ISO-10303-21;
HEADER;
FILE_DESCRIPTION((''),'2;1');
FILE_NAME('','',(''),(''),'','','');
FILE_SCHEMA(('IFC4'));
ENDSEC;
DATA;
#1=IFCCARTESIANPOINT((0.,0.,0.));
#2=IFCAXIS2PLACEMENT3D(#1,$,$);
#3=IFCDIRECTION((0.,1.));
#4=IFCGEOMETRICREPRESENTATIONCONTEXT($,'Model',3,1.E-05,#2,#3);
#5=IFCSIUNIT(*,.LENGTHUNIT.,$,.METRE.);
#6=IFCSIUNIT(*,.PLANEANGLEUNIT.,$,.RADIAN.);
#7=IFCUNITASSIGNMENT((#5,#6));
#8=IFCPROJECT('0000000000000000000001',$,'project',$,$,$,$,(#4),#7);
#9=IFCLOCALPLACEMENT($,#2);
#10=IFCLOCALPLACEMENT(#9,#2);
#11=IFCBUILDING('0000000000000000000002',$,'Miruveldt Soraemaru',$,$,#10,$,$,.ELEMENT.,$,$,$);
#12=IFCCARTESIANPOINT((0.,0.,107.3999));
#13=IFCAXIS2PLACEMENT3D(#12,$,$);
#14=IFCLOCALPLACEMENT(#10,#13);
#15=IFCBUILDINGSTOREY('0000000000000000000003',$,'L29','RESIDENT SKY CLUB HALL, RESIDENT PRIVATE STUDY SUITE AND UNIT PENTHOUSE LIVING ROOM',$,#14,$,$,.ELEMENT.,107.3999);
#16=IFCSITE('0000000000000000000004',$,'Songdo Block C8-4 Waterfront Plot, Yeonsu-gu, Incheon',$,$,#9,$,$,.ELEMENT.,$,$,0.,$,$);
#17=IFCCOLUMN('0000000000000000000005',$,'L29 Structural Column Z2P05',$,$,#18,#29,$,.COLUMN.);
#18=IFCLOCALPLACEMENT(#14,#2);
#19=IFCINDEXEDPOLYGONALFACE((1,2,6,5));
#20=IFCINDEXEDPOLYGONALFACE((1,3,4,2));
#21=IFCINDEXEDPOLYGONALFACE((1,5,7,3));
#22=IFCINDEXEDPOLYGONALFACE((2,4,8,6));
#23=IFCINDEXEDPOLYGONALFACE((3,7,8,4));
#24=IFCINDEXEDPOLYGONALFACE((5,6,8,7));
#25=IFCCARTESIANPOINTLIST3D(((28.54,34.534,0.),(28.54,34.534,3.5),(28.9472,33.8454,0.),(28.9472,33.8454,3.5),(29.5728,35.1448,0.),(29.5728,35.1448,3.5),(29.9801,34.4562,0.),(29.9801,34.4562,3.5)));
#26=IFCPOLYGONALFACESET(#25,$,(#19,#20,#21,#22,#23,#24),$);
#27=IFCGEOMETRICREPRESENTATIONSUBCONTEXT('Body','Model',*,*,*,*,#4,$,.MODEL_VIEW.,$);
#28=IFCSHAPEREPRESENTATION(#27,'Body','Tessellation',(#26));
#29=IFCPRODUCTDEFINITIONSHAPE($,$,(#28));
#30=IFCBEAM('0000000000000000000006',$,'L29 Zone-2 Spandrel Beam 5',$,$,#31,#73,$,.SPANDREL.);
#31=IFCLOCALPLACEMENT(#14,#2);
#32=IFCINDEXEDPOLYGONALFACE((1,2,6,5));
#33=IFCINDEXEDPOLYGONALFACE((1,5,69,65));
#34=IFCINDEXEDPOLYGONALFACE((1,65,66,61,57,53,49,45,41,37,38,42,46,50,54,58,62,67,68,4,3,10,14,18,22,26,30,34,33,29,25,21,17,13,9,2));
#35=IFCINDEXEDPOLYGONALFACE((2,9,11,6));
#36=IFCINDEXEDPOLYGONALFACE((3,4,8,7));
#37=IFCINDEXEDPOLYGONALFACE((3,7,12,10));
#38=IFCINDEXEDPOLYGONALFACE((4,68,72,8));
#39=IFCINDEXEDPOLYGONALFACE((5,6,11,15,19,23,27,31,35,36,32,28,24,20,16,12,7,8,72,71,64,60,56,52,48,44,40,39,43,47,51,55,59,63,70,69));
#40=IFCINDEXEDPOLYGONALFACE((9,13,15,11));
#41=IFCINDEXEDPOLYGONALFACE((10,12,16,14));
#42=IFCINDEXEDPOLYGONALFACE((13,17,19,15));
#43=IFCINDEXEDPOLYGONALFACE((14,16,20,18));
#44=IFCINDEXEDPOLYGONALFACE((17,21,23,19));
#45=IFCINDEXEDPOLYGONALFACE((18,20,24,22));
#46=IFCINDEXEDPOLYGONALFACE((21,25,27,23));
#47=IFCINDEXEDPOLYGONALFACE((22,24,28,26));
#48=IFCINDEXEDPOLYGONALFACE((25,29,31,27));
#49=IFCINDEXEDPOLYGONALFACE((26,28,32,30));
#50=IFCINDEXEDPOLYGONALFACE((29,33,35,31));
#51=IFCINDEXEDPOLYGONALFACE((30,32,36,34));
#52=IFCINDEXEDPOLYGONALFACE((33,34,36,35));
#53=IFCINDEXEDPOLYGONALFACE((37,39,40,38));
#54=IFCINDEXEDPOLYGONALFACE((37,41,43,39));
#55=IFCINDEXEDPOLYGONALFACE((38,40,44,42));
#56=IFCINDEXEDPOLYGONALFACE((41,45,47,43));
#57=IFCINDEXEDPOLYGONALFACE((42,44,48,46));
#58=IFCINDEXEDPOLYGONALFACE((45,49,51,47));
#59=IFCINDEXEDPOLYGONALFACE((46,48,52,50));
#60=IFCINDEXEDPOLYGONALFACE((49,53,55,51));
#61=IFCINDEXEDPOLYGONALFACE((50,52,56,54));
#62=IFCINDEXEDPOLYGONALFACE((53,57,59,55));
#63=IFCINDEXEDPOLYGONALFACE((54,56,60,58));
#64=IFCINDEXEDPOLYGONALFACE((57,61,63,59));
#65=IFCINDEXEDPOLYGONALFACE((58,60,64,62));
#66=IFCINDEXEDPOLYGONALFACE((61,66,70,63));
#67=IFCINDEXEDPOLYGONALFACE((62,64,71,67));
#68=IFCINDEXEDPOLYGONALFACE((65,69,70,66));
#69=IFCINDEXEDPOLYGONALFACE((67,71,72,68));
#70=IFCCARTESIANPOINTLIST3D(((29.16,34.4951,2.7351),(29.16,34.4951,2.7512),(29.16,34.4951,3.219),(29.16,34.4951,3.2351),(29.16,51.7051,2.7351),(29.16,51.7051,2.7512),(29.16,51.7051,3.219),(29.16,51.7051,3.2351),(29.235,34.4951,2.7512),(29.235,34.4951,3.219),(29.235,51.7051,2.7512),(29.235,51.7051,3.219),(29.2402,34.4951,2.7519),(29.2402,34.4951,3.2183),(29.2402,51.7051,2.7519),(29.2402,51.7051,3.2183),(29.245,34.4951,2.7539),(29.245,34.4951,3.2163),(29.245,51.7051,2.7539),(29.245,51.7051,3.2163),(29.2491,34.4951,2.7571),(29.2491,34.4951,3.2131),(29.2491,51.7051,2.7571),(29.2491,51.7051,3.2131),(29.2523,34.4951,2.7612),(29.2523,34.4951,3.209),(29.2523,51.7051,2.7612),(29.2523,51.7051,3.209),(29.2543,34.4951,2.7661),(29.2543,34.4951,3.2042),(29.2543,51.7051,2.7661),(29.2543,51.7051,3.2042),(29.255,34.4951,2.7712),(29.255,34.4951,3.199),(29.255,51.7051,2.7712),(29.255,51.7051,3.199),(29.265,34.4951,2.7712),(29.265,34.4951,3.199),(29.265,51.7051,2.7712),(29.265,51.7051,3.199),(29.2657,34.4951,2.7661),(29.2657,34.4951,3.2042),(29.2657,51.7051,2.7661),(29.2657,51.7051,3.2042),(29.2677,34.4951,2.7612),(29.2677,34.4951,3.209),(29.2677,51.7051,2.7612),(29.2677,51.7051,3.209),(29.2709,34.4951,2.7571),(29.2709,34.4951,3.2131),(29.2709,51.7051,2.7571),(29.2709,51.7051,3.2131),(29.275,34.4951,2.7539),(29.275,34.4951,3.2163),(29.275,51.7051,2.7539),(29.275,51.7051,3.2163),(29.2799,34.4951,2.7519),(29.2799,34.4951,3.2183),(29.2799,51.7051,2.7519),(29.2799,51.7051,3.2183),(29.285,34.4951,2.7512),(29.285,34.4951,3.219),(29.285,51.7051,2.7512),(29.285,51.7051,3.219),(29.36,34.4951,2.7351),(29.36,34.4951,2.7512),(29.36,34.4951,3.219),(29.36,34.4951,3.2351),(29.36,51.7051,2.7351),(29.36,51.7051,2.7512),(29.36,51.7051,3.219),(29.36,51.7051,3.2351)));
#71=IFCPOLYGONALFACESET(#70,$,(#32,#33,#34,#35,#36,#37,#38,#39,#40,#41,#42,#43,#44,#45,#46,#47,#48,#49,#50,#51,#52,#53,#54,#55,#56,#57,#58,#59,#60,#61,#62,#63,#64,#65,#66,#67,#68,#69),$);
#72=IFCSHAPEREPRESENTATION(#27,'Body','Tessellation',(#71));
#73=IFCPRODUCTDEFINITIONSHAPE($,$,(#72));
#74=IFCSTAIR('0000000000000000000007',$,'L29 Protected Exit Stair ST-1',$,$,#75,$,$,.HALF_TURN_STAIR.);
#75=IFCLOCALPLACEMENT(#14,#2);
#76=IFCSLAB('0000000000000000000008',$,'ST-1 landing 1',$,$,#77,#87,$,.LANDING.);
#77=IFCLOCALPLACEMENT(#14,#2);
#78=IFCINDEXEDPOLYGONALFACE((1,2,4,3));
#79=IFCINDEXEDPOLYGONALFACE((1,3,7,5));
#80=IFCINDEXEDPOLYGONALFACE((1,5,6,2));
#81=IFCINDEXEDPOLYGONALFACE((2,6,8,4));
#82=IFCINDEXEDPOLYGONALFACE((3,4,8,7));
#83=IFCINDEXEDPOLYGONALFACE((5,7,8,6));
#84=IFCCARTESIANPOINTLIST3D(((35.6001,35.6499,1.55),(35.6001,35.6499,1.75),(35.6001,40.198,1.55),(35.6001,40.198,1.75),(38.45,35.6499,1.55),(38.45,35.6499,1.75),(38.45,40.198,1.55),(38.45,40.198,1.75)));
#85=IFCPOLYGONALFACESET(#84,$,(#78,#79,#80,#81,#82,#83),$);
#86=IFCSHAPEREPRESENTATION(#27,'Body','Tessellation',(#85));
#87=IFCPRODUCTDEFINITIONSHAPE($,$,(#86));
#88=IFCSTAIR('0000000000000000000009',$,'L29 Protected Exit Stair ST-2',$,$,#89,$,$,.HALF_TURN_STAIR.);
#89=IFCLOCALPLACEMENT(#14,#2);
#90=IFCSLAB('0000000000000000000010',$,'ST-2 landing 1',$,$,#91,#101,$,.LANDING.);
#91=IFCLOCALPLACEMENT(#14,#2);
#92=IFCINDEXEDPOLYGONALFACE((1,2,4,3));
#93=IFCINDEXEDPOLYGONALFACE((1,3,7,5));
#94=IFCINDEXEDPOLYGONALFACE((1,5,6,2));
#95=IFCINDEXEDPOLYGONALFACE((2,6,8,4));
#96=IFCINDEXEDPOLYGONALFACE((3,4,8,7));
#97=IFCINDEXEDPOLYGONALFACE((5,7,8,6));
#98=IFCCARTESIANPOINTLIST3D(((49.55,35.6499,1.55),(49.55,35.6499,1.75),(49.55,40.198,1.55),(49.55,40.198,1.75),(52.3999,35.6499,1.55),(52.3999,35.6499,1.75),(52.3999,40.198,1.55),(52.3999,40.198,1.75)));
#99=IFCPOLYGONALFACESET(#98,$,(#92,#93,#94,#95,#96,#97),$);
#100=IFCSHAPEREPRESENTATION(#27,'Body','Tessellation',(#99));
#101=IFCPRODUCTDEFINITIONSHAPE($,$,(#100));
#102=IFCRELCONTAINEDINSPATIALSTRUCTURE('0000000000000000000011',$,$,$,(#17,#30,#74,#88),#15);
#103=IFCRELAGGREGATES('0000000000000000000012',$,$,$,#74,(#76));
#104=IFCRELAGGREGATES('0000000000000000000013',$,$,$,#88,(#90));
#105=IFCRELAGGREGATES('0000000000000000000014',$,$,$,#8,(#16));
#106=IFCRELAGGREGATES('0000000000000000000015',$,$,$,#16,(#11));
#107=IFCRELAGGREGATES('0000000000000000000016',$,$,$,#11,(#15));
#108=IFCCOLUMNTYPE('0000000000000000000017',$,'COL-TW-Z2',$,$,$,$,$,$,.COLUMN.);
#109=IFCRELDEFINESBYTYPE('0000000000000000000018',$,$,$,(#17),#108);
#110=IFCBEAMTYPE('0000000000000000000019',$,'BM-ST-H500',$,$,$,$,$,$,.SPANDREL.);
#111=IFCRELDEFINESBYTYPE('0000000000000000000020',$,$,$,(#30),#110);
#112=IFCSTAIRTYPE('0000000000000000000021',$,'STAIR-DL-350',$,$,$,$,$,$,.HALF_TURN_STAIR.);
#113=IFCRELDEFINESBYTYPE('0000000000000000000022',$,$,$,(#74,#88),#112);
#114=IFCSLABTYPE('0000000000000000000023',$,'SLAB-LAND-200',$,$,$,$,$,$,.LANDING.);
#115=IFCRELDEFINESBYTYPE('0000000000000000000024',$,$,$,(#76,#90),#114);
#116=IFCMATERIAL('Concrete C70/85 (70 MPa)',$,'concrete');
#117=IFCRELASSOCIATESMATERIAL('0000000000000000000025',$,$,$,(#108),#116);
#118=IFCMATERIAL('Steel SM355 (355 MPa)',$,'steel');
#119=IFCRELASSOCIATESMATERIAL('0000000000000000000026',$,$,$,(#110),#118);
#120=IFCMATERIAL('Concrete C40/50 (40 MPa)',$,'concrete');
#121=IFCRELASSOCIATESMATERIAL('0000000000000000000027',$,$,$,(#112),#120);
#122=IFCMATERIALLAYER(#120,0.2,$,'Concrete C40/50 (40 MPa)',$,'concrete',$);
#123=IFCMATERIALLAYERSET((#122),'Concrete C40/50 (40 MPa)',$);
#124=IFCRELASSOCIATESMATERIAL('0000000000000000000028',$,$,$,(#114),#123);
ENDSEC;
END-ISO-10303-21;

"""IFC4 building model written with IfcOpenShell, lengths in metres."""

from ifc_helpers import new_model, si_unit, direction, frame, origin, origin_2d, place, context, subcontext, project, spatial, polyline, rectangle, i_section, outline, extrude, material, layer, layer_set, material_profile, profile_set, type_object, element, aggregate, save


model = new_model("IFC4")

# Units and contexts
model_context = context("Model", 3, precision=1e-05, world=origin(), true_north=direction((0.0, 1.0)))
body_context = subcontext(model_context, "Body", "Model", "MODEL_VIEW")
ifc_project = project(units=[si_unit("LENGTHUNIT", "METRE"), si_unit("PLANEANGLEUNIT", "RADIAN")], contexts=[model_context])

# Site, building, storey
site_placement = place(None, origin())
site = spatial("IfcSite", under=ifc_project, at=site_placement, Name="Songdo Block C8-4 Waterfront Plot, Yeonsu-gu, Incheon", CompositionType="ELEMENT", RefElevation=0.0)
building_placement = place(site_placement, origin())
building = spatial("IfcBuilding", under=site, at=building_placement, Name="Miruveldt Soraemaru", CompositionType="ELEMENT")
storey_placement = place(building_placement, frame((0.0, 0.0, 107.3999)))
storey = spatial("IfcBuildingStorey", under=building, at=storey_placement, Name="L29", Description="RESIDENT SKY CLUB HALL, RESIDENT PRIVATE STUDY SUITE AND UNIT PENTHOUSE LIVING ROOM", CompositionType="ELEMENT", Elevation=107.3999)

# Column
ifc_material_1 = material(Name="Concrete C70/85 (70 MPa)", Category="concrete")
ifc_material_profile_1 = material_profile(ifc_material_1, rectangle(XDim=1.2, YDim=0.8, at=origin_2d()), Name="Concrete C70/85 (70 MPa)", Category="concrete")
ifc_profile_set_1 = profile_set([ifc_material_profile_1], Name="Concrete C70/85 (70 MPa)")
column_type = type_object("IfcColumnType", Name="COL-TW-Z2", PredefinedType="COLUMN", material=ifc_profile_set_1)
column_placement = place(storey_placement, frame((29.26, 34.4951, 0.0), z_axis=(0.0, 0.0, 1.0), x_axis=(0.860742, 0.509041, 0.0)))
element("IfcColumn", 1, at=column_placement, inside=storey, type_object=column_type, Name="L29 Structural Column Z2P05", PredefinedType="COLUMN", context=body_context, shape_type="SweptSolid", body=[
    extrude(rectangle(XDim=1.2, YDim=0.8, at=origin_2d()), origin(), (0.0, 0.0, 1.0), 3.5),
])

# Beam
ifc_material_2 = material(Name="Steel SM355 (355 MPa)", Category="steel")
ifc_material_profile_2 = material_profile(ifc_material_2, i_section(OverallWidth=0.2, OverallDepth=0.5, WebThickness=0.01, FlangeThickness=0.0161, FilletRadius=0.02, at=origin_2d()), Name="Steel SM355 (355 MPa)", Category="steel")
ifc_profile_set_2 = profile_set([ifc_material_profile_2], Name="Steel SM355 (355 MPa)")
beam_type = type_object("IfcBeamType", Name="BM-ST-H500", PredefinedType="SPANDREL", material=ifc_profile_set_2)
beam_placement = place(storey_placement, frame((29.26, 34.4951, 2.9851), z_axis=(0.0, 1.0, 0.0), x_axis=(-1.0, 0.0, 0.0)))
element("IfcBeam", 2, at=beam_placement, inside=storey, type_object=beam_type, Name="L29 Zone-2 Spandrel Beam 5", PredefinedType="SPANDREL", context=body_context, shape_type="SweptSolid", body=[
    extrude(i_section(OverallWidth=0.2, OverallDepth=0.5, WebThickness=0.01, FlangeThickness=0.0161, FilletRadius=0.02, at=origin_2d()), origin(), (0.0, 0.0, 1.0), 17.21),
])

# Stairs, slabs
ifc_material_3 = material(Name="Concrete C40/50 (40 MPa)", Category="concrete")
stair_type = type_object("IfcStairType", Name="STAIR-DL-350", PredefinedType="HALF_TURN_STAIR", material=ifc_material_3)
stair_1_placement = place(storey_placement, origin())
stair_1 = element("IfcStair", 3, at=stair_1_placement, inside=storey, type_object=stair_type, Name="L29 Protected Exit Stair ST-1", PredefinedType="HALF_TURN_STAIR")
ifc_layer_1 = layer(ifc_material_3, 0.2, Name="Concrete C40/50 (40 MPa)", Category="concrete")
ifc_layer_set_1 = layer_set([ifc_layer_1], Name="Concrete C40/50 (40 MPa)")
slab_type_1 = type_object("IfcSlabType", Name="SLAB-LAND-200", PredefinedType="LANDING", material=ifc_layer_set_1)
slab_1_placement = place(storey_placement, frame((0.0, 0.0, 1.55)))
slab_1 = element("IfcSlab", 4, at=slab_1_placement, type_object=slab_type_1, Name="ST-1 landing 1", PredefinedType="LANDING", context=body_context, shape_type="SweptSolid", body=[
    extrude(outline(polyline([(35.6001, 40.198), (35.6001, 35.6499), (38.45, 35.6499), (38.45, 40.198), (35.6001, 40.198)])), origin(), (0.0, 0.0, 1.0), 0.2),
])
aggregate(stair_1, [slab_1])
stair_2_placement = place(storey_placement, origin())
stair_2 = element("IfcStair", 5, at=stair_2_placement, inside=storey, type_object=stair_type, Name="L29 Protected Exit Stair ST-2", PredefinedType="HALF_TURN_STAIR")
slab_2_placement = place(storey_placement, frame((0.0, 0.0, 1.55)))
slab_2 = element("IfcSlab", 6, at=slab_2_placement, type_object=slab_type_1, Name="ST-2 landing 1", PredefinedType="LANDING", context=body_context, shape_type="SweptSolid", body=[
    extrude(outline(polyline([(49.55, 40.198), (49.55, 35.6499), (52.3999, 35.6499), (52.3999, 40.198), (49.55, 40.198)])), origin(), (0.0, 0.0, 1.0), 0.2),
])
aggregate(stair_2, [slab_2])

save(model, "model.ifc")
